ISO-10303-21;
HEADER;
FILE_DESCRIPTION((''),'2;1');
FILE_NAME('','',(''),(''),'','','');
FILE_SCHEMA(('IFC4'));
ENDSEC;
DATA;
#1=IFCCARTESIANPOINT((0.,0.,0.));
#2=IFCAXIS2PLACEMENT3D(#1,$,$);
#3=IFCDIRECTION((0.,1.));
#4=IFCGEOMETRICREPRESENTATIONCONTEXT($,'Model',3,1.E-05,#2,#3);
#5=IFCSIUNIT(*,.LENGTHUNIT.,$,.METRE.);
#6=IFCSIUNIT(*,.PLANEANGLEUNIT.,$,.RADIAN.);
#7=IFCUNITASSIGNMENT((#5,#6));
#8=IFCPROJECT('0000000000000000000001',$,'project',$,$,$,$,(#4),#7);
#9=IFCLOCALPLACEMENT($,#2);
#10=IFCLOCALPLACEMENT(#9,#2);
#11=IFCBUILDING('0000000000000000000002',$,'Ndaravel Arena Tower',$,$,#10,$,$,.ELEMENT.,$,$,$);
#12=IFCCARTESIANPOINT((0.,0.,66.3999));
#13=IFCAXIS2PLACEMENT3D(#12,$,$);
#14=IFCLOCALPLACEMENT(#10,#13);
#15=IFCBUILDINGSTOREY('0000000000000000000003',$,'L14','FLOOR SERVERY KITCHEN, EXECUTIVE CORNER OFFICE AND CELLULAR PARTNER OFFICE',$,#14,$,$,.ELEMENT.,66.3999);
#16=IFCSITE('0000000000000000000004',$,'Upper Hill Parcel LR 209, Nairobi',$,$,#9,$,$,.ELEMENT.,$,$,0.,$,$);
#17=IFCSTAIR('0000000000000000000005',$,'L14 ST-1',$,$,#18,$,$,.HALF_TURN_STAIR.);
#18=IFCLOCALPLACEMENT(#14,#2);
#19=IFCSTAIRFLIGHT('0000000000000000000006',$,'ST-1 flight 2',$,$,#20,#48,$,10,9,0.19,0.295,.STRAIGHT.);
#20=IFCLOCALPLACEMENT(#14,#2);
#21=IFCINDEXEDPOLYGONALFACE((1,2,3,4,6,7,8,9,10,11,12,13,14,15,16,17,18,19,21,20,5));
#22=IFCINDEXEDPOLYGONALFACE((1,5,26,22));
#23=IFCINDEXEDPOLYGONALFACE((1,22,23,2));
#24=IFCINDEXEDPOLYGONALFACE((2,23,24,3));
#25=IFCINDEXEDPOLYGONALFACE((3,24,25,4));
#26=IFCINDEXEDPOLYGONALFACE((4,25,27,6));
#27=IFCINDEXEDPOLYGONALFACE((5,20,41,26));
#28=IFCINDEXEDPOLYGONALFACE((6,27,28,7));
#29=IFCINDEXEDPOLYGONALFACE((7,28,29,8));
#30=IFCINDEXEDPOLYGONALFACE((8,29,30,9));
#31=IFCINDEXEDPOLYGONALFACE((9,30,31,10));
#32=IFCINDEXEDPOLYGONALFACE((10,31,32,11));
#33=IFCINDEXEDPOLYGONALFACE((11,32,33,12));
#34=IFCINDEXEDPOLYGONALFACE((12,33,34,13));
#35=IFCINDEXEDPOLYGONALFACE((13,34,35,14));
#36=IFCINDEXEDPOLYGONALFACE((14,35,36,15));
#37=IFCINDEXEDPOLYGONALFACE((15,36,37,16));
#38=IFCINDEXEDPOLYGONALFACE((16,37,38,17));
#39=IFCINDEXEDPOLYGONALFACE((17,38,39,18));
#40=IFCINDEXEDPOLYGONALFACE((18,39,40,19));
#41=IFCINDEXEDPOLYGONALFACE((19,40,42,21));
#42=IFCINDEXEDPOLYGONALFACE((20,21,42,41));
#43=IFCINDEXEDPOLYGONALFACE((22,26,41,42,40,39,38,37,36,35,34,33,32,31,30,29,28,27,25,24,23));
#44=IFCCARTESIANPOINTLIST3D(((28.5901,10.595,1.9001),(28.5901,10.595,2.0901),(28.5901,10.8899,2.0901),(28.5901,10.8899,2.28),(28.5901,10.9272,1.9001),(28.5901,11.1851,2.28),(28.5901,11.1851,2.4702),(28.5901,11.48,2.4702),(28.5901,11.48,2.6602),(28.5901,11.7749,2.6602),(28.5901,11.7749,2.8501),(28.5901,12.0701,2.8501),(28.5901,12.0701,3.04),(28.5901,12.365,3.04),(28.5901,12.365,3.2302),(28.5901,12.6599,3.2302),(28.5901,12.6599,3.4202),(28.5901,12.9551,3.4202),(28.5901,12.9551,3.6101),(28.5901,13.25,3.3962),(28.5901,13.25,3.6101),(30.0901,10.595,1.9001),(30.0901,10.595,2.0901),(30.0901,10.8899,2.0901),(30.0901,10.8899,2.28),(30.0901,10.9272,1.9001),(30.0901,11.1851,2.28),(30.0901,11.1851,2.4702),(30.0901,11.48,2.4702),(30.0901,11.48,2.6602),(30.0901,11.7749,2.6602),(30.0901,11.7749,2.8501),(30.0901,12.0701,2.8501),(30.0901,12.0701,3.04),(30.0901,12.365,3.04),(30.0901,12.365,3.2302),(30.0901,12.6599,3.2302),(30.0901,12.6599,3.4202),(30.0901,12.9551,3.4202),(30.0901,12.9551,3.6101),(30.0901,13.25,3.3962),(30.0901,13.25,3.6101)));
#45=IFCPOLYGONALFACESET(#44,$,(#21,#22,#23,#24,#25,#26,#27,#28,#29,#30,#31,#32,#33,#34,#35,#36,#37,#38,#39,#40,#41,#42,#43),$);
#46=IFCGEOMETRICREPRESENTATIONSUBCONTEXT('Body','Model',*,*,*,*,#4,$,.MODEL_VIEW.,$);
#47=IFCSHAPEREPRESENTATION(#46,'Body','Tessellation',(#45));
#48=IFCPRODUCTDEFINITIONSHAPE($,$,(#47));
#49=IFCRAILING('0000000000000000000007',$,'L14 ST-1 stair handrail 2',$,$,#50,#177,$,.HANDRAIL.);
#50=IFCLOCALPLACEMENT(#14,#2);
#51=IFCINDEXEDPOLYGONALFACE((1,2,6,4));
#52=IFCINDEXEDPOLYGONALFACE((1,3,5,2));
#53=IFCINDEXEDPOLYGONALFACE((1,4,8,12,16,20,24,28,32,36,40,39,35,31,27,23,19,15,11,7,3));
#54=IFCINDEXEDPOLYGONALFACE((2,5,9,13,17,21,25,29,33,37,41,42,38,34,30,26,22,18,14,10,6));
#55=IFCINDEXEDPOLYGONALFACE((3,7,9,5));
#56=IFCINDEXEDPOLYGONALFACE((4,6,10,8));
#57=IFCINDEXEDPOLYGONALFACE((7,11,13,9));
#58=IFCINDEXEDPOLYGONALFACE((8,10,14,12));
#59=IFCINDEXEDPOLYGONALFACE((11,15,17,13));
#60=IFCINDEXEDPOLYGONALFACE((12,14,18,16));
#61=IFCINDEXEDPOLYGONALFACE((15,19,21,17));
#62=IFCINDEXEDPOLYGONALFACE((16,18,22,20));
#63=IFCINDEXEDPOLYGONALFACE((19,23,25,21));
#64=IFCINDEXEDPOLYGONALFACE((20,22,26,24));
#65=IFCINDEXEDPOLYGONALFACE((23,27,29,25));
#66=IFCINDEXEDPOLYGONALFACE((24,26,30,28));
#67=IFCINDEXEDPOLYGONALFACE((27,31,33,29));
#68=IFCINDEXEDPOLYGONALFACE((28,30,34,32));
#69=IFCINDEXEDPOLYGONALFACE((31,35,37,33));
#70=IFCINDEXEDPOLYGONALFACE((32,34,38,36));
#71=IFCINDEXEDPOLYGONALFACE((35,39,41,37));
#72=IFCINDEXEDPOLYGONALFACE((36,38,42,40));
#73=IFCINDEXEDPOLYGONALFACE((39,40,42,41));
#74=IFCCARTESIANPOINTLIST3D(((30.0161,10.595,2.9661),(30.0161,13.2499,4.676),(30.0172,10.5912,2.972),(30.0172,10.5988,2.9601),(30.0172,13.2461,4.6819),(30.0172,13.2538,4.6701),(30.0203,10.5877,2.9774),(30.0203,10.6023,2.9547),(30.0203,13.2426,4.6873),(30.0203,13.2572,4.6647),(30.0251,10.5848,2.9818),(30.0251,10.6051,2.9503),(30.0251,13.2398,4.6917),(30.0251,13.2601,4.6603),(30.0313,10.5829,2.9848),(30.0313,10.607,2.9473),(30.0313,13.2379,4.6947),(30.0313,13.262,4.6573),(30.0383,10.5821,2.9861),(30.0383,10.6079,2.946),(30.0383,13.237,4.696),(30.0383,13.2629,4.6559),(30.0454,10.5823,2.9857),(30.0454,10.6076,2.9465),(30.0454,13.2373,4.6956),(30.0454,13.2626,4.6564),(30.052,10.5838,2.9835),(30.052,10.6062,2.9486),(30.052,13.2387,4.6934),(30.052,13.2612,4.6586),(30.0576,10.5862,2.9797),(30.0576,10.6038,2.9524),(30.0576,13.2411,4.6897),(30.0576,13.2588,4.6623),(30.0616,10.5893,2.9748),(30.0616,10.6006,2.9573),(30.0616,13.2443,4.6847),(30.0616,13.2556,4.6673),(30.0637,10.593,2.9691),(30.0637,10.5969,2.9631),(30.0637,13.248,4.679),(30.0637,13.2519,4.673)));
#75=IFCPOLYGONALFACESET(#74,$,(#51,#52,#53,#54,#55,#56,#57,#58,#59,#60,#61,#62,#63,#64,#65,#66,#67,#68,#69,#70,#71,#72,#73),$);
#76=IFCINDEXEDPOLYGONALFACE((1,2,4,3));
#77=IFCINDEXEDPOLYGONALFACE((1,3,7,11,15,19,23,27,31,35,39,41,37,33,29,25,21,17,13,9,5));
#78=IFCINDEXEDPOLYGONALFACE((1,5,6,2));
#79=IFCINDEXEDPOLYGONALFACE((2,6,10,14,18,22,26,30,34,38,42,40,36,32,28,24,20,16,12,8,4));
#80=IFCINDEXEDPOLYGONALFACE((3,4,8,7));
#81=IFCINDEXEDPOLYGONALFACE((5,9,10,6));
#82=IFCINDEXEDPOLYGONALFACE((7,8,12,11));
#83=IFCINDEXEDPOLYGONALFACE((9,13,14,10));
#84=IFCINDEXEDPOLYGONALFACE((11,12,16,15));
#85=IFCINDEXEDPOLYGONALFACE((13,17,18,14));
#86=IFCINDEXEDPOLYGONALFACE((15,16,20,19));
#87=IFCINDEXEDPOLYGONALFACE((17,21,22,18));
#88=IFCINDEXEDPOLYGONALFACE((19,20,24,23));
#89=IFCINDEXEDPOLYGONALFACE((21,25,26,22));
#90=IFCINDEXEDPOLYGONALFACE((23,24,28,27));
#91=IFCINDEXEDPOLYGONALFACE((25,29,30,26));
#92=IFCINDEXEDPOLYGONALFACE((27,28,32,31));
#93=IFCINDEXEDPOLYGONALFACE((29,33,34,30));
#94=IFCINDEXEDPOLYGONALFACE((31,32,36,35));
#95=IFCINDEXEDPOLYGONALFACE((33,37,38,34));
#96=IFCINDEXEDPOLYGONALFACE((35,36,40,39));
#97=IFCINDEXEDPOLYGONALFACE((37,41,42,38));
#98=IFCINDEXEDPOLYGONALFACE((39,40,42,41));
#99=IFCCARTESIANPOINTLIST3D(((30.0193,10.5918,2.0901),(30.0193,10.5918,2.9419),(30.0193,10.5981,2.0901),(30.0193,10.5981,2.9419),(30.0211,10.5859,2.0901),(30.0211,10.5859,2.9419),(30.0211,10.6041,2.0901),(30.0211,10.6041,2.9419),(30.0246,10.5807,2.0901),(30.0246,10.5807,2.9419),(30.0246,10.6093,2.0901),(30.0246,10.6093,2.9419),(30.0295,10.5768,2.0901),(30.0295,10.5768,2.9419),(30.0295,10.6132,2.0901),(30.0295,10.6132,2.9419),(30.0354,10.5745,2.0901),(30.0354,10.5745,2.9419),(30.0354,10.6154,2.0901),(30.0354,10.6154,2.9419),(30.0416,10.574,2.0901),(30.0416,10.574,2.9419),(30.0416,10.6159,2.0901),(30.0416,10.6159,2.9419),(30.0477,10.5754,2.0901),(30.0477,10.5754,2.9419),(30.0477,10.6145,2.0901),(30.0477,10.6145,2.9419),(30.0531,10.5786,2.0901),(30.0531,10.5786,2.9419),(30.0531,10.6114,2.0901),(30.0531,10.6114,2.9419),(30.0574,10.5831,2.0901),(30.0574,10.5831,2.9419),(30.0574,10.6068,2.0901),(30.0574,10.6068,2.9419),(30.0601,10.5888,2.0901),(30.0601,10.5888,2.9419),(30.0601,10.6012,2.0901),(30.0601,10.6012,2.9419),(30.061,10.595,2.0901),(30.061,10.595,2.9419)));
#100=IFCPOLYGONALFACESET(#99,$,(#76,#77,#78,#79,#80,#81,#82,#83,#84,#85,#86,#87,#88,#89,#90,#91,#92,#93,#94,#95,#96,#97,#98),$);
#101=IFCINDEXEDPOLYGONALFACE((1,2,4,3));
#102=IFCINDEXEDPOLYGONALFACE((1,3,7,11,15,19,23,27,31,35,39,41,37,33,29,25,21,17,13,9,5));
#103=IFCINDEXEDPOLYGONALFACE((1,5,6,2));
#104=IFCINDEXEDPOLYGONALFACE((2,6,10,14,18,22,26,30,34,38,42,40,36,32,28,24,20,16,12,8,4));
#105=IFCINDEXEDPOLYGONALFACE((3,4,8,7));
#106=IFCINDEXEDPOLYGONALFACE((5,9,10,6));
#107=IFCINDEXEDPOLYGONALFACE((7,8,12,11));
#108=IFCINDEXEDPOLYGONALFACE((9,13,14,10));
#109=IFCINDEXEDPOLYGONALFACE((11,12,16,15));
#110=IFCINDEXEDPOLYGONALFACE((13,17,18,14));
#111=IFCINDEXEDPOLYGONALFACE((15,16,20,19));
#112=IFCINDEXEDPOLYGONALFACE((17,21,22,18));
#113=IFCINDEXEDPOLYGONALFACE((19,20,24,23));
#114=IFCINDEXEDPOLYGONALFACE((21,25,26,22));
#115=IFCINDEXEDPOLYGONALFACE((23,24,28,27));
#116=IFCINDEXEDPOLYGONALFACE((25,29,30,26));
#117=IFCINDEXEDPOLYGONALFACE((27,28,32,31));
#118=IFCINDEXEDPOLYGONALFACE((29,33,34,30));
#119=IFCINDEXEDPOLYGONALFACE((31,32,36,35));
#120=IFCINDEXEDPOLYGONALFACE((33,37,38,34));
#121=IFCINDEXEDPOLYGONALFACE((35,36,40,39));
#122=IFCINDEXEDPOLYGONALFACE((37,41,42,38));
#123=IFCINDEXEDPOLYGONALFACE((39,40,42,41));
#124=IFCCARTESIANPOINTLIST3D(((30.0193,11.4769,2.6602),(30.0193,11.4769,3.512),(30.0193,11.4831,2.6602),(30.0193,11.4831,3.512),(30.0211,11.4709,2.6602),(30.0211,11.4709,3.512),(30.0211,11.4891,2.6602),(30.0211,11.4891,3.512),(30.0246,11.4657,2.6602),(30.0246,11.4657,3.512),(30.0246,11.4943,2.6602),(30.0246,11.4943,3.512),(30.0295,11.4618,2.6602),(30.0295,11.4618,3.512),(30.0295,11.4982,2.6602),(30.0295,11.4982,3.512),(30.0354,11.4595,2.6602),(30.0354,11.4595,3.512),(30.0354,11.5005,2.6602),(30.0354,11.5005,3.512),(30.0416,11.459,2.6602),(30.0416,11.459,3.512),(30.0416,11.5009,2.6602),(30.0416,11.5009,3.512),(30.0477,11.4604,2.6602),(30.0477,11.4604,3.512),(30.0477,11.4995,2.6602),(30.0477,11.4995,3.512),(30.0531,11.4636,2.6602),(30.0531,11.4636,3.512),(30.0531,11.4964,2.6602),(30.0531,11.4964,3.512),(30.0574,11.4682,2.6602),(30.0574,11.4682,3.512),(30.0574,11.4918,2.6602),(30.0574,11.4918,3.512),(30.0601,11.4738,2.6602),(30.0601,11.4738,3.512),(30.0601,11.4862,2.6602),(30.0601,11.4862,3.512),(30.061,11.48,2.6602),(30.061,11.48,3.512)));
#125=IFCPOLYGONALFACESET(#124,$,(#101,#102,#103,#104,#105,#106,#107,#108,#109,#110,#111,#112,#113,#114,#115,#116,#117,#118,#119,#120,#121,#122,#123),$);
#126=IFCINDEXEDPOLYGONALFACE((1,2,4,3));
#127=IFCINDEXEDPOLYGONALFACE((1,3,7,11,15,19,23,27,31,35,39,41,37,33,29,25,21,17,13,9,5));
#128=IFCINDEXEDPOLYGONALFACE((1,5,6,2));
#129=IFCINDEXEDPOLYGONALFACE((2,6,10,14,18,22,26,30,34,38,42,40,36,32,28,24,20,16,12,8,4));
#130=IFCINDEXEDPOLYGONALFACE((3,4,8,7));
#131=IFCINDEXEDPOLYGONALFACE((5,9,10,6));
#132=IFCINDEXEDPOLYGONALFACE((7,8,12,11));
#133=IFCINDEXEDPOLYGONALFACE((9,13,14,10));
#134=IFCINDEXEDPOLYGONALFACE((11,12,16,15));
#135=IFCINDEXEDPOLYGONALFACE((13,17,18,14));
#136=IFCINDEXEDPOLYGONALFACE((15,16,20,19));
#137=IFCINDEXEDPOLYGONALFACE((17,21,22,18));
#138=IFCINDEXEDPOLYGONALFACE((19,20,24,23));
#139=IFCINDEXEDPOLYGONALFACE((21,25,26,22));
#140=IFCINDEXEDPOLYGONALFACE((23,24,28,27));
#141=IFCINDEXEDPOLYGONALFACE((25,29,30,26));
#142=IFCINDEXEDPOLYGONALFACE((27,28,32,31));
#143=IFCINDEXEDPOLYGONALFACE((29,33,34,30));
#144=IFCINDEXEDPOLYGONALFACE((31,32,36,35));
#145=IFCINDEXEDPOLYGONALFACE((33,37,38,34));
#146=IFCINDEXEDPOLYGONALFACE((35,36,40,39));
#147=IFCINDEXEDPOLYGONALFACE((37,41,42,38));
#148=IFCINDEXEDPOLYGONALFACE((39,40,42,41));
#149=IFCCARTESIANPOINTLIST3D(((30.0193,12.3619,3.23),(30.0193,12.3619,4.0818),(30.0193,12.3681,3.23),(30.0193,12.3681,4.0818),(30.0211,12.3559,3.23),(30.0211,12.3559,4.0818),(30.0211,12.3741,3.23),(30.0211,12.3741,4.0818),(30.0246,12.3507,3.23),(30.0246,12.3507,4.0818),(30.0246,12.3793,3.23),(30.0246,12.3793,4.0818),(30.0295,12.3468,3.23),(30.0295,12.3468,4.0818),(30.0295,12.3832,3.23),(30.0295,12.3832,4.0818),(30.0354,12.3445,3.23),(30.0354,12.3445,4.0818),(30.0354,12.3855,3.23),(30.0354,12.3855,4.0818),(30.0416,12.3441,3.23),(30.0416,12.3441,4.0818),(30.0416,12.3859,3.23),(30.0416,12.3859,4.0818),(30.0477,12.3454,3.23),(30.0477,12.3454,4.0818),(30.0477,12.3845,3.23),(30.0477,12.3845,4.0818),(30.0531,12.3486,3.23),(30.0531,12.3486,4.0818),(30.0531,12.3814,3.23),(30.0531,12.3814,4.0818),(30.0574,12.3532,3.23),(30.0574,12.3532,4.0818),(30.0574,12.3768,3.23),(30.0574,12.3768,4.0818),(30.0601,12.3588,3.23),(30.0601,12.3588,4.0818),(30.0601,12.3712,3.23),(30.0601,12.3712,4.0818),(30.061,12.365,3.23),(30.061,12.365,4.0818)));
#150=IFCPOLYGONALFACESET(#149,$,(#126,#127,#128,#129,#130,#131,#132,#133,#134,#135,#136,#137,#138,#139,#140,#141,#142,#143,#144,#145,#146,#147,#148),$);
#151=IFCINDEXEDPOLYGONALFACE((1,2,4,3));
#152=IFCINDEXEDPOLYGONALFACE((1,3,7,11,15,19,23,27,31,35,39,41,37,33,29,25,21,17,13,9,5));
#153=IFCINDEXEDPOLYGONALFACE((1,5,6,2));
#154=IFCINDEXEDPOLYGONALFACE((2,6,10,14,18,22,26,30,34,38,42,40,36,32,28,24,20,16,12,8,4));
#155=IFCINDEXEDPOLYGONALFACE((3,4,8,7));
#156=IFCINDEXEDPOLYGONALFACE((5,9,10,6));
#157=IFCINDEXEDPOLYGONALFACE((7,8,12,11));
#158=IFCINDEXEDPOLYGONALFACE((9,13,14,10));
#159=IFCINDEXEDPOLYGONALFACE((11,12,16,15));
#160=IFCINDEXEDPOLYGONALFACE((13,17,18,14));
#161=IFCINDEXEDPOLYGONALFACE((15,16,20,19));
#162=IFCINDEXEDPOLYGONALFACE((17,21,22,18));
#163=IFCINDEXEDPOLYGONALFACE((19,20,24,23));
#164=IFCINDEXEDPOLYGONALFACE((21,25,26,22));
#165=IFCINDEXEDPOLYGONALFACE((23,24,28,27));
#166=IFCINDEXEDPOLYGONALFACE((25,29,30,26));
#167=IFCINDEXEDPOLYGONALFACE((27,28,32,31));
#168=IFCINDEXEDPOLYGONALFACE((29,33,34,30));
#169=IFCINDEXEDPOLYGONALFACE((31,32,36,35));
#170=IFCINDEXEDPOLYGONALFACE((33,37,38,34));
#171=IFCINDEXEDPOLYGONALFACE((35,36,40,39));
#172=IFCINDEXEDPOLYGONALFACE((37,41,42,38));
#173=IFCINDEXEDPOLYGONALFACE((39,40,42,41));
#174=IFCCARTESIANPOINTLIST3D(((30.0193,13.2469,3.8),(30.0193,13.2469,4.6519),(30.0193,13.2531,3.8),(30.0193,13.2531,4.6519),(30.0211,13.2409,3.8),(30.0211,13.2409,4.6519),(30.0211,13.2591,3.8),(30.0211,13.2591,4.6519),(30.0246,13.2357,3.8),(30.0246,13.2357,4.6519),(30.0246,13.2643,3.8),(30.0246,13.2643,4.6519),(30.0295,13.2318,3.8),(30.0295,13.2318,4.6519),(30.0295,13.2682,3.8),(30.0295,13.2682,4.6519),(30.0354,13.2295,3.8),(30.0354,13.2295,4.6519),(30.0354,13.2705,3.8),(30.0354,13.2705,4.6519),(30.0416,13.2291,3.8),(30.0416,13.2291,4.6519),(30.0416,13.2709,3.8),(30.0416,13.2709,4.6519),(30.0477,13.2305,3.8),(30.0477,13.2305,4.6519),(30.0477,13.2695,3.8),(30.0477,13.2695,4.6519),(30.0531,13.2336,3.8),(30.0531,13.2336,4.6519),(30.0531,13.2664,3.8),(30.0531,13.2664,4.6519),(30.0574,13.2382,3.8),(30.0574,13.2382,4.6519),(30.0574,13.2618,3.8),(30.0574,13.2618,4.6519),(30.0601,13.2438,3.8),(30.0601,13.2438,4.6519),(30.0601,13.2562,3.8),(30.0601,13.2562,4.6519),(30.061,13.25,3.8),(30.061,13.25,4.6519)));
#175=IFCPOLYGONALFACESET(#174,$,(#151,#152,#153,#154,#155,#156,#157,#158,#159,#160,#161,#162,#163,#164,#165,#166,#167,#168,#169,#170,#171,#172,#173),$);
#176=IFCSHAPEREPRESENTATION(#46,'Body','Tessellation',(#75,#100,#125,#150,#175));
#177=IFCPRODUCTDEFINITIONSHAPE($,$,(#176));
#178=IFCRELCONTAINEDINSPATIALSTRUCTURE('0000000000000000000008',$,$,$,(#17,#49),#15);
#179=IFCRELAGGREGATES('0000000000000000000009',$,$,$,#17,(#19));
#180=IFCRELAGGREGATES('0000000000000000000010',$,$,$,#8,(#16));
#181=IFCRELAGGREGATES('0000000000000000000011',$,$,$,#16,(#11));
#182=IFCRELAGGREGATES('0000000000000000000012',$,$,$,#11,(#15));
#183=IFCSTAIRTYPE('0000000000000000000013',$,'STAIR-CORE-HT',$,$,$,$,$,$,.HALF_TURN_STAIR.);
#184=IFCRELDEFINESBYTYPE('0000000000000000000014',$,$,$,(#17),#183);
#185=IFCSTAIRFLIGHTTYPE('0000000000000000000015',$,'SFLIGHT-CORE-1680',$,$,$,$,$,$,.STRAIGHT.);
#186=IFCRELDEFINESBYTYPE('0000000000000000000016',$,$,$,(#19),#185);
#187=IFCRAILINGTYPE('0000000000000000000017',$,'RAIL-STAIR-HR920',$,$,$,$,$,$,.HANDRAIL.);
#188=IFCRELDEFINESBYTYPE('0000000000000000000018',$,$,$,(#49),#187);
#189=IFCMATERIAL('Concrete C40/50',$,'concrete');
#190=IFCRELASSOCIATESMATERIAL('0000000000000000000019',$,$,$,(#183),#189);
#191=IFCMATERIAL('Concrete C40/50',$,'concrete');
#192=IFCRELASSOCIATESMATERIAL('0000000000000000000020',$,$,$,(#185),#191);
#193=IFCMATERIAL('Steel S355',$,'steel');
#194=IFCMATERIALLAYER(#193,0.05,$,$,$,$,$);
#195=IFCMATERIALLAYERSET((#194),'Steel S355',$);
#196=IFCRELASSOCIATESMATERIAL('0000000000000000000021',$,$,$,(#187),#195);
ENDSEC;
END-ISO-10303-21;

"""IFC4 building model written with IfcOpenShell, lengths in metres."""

from ifc_helpers import new_model, si_unit, direction, frame, origin, origin_2d, place, context, subcontext, project, spatial, polyline, circle, outline, extrude, material, layer, layer_set, type_object, element, aggregate, save


model = new_model("IFC4")

# Units and contexts
model_context = context("Model", 3, precision=1e-05, world=origin(), true_north=direction((0.0, 1.0)))
body_context = subcontext(model_context, "Body", "Model", "MODEL_VIEW")
ifc_project = project(units=[si_unit("LENGTHUNIT", "METRE"), si_unit("PLANEANGLEUNIT", "RADIAN")], contexts=[model_context])

# Site, building, storey
site_placement = place(None, origin())
site = spatial("IfcSite", under=ifc_project, at=site_placement, Name="Upper Hill Parcel LR 209, Nairobi", CompositionType="ELEMENT", RefElevation=0.0)
building_placement = place(site_placement, origin())
building = spatial("IfcBuilding", under=site, at=building_placement, Name="Ndaravel Arena Tower", CompositionType="ELEMENT")
storey_placement = place(building_placement, frame((0.0, 0.0, 66.3999)))
storey = spatial("IfcBuildingStorey", under=building, at=storey_placement, Name="L14", Description="FLOOR SERVERY KITCHEN, EXECUTIVE CORNER OFFICE AND CELLULAR PARTNER OFFICE", CompositionType="ELEMENT", Elevation=66.3999)

# Stair, stair flight
ifc_material_1 = material(Name="Concrete C40/50", Category="concrete")
stair_type = type_object("IfcStairType", Name="STAIR-CORE-HT", PredefinedType="HALF_TURN_STAIR", material=ifc_material_1)
stair_placement = place(storey_placement, origin())
stair = element("IfcStair", 1, at=stair_placement, inside=storey, type_object=stair_type, Name="L14 ST-1", PredefinedType="HALF_TURN_STAIR")
ifc_material_2 = material(Name="Concrete C40/50", Category="concrete")
stair_flight_type = type_object("IfcStairFlightType", Name="SFLIGHT-CORE-1680", PredefinedType="STRAIGHT", material=ifc_material_2)
stair_flight_placement = place(storey_placement, frame((29.3401, 10.595, 1.9001), z_axis=(0.0, 0.0, 1.0), x_axis=(0.0, 1.0, 0.0)))
stair_flight = element("IfcStairFlight", 2, at=stair_flight_placement, type_object=stair_flight_type, Name="ST-1 flight 2", NumberOfRisers=10, NumberOfTreads=9, PredefinedType="STRAIGHT", RiserHeight=0.19, TreadLength=0.295, context=body_context, shape_type="SweptSolid", body=[
    extrude(outline(polyline([(0.0, 0.0), (0.0, 0.1899), (0.2949, 0.1899), (0.2949, 0.3799), (0.5901, 0.3799), (0.5901, 0.5701), (0.885, 0.5701), (0.885, 0.76), (1.1799, 0.76), (1.1799, 0.95), (1.4751, 0.95), (1.4751, 1.1399), (1.77, 1.1399), (1.77, 1.3301), (2.0649, 1.3301), (2.0649, 1.52), (2.3601, 1.52), (2.3601, 1.71), (2.655, 1.71), (2.655, 1.8999), (2.655, 1.4961), (0.3323, 0.0), (0.0, 0.0)])), frame((0.0, 0.75, 0.0), z_axis=(0.0, -1.0, 0.0), x_axis=(1.0, 0.0, 0.0)), (0.0, 0.0, 1.0), 1.5),
])
aggregate(stair, [stair_flight])

# Railing
ifc_material_3 = material(Name="Steel S355", Category="steel")
ifc_layer_1 = layer(ifc_material_3, 0.05)
ifc_layer_set_1 = layer_set([ifc_layer_1], Name="Steel S355")
railing_type_1 = type_object("IfcRailingType", Name="RAIL-STAIR-HR920", PredefinedType="HANDRAIL", material=ifc_layer_set_1)
railing_1_placement = place(storey_placement, frame((30.04, 10.595, 2.0901)))
element("IfcRailing", 3, at=railing_1_placement, inside=storey, type_object=railing_type_1, Name="L14 ST-1 stair handrail 2", PredefinedType="HANDRAIL", context=body_context, shape_type="SweptSolid", body=[
    extrude(circle(Radius=0.0239, at=origin_2d()), frame((0.0, 0.0, 0.876), z_axis=(0.0, 0.840724, 0.541465), x_axis=(-1.0, 0.0, 0.0)), (0.0, 0.0, 1.0), 3.158),
    extrude(circle(Radius=0.021, at=origin_2d()), origin(), (0.0, 0.0, 1.0), 0.8518),
    extrude(circle(Radius=0.021, at=origin_2d()), frame((0.0, 0.885, 0.5701)), (0.0, 0.0, 1.0), 0.8518),
    extrude(circle(Radius=0.021, at=origin_2d()), frame((0.0, 1.77, 1.1399)), (0.0, 0.0, 1.0), 0.8518),
    extrude(circle(Radius=0.021, at=origin_2d()), frame((0.0, 2.655, 1.71)), (0.0, 0.0, 1.0), 0.8518),
])

save(model, "model.ifc")
